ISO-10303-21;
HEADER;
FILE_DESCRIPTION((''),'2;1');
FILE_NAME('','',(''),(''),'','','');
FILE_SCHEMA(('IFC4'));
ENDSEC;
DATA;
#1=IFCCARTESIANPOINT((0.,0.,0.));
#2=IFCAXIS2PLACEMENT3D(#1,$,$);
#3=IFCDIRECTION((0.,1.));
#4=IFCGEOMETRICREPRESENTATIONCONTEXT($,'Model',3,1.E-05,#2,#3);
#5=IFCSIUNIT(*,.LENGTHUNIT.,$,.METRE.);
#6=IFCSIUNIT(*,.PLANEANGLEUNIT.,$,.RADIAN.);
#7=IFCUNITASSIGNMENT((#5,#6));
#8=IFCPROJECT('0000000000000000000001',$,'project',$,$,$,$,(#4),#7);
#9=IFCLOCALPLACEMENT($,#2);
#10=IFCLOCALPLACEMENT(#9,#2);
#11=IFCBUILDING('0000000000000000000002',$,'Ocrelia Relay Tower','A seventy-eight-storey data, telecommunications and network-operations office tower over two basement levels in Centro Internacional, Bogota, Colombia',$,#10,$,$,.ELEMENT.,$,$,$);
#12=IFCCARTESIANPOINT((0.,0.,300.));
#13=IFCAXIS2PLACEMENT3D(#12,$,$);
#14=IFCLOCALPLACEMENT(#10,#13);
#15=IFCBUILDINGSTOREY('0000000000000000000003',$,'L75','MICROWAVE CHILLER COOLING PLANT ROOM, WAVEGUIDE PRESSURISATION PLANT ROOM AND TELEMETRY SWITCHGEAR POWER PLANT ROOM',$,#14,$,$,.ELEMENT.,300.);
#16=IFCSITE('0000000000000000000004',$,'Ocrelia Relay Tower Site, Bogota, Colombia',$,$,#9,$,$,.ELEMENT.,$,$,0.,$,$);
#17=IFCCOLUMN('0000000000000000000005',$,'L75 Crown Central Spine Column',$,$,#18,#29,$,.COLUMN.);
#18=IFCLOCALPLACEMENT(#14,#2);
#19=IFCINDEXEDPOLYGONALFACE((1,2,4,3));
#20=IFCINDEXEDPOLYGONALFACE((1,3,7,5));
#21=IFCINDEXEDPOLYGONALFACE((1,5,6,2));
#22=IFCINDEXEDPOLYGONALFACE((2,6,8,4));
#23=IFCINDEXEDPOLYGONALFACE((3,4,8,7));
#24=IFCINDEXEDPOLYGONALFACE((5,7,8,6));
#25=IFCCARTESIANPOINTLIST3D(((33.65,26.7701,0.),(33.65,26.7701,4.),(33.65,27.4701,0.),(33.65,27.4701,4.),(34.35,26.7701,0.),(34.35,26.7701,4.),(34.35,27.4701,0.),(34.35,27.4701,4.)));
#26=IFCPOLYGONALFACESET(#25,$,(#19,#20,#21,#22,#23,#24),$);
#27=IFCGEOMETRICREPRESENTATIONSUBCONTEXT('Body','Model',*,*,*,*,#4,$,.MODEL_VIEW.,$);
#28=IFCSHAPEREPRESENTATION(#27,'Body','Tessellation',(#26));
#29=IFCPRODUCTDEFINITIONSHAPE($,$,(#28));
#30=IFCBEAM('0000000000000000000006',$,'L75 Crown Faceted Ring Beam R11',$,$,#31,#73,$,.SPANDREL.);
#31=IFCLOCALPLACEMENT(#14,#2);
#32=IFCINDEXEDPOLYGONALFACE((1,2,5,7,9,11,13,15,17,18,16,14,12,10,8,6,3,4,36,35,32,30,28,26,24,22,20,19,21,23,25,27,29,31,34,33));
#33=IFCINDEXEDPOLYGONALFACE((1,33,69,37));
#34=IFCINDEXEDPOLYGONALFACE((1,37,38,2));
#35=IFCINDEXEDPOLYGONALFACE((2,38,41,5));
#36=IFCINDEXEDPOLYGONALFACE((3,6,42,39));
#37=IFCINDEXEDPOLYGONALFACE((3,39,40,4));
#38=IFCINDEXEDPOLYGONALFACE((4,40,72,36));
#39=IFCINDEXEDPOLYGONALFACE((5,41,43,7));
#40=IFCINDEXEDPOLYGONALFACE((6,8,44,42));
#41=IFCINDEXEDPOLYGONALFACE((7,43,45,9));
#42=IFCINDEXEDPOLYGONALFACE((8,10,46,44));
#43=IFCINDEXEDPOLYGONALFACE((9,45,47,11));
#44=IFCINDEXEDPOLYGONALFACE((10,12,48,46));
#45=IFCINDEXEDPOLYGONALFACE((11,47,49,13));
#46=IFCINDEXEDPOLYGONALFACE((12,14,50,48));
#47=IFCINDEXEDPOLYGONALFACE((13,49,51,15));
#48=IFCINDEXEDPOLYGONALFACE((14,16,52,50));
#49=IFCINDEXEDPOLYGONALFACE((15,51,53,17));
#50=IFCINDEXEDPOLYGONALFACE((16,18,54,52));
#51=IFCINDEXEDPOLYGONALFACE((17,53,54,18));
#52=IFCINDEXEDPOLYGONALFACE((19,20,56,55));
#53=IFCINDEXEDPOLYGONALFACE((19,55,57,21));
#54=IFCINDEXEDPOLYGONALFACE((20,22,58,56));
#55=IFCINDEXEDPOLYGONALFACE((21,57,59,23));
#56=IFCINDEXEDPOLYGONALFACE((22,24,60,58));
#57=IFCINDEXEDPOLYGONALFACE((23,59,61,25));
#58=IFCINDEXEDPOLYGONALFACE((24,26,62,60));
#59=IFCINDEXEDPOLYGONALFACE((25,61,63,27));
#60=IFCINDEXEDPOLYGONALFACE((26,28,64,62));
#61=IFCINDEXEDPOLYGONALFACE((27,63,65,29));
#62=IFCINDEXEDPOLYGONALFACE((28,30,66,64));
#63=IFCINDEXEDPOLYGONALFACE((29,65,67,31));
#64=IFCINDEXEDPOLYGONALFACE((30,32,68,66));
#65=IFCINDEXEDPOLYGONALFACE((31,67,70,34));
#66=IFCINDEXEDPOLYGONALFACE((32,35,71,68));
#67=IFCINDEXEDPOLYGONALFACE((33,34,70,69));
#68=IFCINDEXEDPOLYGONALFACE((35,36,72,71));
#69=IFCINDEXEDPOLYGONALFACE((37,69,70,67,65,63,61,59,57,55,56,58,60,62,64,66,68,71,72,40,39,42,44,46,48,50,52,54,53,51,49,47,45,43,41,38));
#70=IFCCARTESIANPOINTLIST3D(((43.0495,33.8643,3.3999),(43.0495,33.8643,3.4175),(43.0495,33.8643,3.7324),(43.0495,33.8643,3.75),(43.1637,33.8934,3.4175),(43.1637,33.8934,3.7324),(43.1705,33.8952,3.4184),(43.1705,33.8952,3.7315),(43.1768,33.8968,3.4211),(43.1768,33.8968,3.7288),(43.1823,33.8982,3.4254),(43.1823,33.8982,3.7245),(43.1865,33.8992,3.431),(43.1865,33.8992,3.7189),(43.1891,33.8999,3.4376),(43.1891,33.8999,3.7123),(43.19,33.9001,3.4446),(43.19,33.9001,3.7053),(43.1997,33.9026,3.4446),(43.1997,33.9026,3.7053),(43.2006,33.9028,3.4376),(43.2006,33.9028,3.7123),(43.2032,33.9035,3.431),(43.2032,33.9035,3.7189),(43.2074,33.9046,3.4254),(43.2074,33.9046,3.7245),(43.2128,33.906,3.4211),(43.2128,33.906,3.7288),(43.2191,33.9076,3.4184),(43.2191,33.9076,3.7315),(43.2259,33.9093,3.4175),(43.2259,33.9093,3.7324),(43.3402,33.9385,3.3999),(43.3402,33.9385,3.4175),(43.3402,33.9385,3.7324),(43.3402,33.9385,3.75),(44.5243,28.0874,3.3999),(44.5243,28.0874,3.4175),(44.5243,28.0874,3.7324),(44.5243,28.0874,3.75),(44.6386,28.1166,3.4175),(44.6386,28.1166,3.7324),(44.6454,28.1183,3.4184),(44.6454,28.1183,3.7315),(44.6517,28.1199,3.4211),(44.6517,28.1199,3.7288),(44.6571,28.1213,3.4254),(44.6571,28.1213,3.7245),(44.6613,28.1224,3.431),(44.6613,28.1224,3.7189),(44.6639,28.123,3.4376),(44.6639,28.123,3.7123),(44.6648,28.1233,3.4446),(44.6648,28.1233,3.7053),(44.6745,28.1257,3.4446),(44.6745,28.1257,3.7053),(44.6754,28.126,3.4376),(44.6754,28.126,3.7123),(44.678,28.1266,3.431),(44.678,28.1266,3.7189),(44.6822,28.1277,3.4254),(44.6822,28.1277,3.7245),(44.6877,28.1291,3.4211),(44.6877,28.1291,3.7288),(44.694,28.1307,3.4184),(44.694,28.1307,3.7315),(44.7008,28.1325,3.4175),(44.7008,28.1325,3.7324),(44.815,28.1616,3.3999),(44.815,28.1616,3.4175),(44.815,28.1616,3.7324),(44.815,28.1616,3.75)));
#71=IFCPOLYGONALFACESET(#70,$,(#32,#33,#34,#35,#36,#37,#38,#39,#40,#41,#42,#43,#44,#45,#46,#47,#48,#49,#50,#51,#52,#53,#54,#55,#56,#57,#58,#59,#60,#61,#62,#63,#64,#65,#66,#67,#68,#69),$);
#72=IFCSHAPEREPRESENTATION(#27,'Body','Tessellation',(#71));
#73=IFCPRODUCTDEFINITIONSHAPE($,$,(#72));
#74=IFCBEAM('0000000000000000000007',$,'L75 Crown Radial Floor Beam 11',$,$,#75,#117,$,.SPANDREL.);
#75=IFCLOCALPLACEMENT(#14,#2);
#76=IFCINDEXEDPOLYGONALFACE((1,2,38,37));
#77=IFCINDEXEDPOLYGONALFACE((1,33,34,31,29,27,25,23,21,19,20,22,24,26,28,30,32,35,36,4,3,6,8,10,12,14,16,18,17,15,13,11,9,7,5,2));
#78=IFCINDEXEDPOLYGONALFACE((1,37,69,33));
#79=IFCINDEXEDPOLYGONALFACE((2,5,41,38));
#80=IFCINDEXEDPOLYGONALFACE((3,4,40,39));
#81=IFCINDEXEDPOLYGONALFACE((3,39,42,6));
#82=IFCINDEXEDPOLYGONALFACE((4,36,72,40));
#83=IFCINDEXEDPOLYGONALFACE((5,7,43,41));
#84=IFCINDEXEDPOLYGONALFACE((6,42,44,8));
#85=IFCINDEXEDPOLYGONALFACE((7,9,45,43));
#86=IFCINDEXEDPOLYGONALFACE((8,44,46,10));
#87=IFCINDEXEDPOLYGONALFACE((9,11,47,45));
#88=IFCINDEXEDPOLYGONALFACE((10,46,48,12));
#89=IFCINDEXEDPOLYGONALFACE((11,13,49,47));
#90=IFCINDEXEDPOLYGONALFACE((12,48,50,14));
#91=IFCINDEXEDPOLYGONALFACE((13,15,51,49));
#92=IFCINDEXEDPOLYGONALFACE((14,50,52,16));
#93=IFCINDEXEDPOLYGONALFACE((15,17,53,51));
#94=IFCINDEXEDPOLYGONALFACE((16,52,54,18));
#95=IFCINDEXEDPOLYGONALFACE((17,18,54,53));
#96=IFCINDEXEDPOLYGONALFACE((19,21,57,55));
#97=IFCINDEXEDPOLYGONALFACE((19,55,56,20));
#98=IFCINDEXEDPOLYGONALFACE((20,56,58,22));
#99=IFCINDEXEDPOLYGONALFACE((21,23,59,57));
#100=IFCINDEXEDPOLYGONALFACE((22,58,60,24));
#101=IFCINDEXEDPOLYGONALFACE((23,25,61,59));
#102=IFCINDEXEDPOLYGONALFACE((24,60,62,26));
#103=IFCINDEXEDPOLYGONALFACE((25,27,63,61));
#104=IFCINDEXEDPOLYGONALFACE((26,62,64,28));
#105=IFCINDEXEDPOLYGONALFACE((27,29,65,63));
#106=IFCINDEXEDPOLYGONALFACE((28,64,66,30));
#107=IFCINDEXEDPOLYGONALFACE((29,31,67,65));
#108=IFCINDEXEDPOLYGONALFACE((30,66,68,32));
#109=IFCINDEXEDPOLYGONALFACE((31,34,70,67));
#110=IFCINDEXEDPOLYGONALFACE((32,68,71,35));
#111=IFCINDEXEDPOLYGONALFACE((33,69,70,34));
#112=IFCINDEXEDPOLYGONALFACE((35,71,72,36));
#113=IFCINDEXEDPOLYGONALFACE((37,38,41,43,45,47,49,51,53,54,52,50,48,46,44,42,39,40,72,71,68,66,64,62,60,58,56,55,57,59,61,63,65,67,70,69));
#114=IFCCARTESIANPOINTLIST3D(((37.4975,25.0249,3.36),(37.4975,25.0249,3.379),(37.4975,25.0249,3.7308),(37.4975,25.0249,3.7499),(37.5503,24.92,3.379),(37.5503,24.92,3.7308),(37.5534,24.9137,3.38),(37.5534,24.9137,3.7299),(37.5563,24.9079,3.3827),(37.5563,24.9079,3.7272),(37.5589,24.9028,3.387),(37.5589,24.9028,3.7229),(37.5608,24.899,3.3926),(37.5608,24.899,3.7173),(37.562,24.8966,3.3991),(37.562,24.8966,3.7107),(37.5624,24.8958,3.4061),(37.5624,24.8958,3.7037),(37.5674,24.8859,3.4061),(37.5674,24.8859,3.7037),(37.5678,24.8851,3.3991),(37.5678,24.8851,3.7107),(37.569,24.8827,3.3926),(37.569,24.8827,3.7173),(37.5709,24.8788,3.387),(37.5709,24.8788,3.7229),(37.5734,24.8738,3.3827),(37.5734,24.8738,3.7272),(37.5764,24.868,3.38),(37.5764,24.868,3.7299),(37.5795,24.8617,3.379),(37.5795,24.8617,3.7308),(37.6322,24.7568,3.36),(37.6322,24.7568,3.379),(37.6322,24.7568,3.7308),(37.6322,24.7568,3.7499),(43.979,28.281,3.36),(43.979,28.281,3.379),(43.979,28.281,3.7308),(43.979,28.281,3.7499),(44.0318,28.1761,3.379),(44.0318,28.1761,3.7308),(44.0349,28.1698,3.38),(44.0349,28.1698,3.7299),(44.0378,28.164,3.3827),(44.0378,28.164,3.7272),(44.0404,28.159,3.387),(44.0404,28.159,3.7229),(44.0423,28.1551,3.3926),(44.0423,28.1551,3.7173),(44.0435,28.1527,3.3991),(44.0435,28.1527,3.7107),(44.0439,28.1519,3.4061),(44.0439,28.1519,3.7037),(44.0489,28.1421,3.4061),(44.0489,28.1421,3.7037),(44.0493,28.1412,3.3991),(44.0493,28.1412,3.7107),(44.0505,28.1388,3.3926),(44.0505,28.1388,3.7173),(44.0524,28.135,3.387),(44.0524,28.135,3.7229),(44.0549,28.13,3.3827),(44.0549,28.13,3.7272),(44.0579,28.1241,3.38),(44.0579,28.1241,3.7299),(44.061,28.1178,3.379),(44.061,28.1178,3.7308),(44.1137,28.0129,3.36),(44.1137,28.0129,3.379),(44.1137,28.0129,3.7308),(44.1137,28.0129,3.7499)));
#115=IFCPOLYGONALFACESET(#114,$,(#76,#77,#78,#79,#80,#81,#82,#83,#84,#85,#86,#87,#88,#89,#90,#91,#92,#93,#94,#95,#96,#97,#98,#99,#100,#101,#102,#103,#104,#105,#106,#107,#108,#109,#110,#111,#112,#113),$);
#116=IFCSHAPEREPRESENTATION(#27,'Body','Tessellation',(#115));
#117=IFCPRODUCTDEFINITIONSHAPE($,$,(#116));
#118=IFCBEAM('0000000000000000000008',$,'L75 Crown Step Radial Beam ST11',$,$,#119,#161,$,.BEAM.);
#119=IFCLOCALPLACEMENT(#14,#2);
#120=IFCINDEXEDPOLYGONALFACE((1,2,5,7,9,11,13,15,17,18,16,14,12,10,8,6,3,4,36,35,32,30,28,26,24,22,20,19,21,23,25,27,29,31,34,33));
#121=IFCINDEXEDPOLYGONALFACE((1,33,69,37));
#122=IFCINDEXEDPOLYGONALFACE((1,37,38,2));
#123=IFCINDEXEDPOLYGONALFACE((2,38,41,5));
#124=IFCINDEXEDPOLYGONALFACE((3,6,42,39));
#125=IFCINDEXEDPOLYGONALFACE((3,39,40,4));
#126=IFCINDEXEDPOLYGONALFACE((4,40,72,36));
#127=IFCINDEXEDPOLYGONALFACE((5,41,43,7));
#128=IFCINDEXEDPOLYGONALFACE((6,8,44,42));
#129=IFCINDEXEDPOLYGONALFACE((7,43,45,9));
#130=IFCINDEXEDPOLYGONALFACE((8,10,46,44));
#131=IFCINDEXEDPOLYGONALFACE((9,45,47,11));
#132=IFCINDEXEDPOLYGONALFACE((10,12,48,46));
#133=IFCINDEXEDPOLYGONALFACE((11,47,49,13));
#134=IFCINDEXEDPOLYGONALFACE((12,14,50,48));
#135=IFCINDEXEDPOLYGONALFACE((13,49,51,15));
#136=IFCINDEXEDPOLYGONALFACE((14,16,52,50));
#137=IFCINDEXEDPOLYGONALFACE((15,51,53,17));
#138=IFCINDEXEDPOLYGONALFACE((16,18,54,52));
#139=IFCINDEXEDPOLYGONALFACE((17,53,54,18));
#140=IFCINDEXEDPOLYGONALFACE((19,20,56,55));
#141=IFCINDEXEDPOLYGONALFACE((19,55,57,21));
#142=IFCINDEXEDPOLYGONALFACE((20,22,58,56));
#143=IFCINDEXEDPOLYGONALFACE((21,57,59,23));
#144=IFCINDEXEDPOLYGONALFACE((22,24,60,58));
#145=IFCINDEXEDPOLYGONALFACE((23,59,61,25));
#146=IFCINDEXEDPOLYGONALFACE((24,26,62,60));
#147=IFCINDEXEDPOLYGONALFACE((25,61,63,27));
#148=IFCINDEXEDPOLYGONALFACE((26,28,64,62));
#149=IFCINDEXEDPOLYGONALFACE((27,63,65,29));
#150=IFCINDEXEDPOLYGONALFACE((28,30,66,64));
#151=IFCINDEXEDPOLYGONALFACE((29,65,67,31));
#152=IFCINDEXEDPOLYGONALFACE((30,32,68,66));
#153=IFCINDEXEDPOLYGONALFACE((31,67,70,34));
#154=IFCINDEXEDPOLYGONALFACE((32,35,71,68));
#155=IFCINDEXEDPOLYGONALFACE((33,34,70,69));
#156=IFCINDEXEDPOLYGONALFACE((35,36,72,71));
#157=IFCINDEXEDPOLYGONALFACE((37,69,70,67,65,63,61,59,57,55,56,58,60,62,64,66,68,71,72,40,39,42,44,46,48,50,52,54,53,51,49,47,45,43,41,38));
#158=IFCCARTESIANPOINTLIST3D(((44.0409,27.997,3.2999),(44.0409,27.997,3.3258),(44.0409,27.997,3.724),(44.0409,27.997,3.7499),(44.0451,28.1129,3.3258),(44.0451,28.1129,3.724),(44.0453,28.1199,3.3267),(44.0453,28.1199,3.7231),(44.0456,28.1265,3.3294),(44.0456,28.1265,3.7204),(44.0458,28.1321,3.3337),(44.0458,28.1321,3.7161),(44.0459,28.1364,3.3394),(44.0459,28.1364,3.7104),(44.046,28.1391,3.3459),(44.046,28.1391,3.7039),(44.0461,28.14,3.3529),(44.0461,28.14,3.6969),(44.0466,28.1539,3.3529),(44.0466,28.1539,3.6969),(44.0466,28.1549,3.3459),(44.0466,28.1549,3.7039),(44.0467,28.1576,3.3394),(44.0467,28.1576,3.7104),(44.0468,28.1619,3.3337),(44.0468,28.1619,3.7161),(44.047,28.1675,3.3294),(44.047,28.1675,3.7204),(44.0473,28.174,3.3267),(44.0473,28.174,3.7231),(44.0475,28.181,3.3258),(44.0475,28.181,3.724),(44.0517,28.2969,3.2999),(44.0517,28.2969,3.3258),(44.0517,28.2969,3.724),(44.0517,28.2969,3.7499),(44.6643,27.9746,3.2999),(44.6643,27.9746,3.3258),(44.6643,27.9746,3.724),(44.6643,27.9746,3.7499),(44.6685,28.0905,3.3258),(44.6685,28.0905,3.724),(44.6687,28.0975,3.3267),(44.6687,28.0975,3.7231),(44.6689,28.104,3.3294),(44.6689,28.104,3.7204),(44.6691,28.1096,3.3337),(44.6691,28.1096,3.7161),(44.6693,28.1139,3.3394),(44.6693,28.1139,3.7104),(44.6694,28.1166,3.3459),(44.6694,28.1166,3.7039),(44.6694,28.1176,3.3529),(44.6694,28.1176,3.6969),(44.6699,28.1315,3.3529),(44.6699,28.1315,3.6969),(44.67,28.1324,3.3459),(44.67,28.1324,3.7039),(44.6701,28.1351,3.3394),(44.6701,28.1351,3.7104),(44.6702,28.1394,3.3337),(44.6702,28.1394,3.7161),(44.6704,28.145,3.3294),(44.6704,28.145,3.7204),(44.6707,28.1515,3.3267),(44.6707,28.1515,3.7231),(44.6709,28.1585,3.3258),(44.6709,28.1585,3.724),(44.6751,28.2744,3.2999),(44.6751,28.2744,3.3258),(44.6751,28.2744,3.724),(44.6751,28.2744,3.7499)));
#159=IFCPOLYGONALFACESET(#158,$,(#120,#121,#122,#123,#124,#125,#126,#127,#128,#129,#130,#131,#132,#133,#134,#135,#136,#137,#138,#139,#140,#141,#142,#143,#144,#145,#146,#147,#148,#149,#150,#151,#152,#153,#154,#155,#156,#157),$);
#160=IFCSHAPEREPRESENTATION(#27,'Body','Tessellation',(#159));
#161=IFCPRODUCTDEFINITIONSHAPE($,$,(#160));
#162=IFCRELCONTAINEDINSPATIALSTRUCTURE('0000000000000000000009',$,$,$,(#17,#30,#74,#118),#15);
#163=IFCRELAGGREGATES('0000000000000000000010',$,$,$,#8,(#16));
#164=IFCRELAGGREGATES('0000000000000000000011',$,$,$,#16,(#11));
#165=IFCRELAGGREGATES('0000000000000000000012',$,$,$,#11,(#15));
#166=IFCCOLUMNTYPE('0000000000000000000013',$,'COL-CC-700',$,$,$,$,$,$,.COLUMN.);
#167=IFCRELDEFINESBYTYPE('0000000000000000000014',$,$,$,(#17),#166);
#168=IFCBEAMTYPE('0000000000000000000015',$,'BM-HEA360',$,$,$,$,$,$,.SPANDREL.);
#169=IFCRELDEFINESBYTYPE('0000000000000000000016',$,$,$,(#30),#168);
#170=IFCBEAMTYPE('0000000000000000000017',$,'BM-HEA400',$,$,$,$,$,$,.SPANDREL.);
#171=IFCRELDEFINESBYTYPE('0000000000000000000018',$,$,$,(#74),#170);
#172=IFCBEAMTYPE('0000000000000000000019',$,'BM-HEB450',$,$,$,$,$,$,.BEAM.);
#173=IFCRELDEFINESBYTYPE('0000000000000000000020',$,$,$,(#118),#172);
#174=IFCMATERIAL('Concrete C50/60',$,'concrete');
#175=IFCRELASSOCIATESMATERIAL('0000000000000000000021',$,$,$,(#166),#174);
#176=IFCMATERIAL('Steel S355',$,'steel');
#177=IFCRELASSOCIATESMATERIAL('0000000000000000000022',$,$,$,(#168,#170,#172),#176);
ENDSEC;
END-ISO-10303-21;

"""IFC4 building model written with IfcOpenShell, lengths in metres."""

from ifc_helpers import new_model, si_unit, direction, frame, origin, origin_2d, place, context, subcontext, project, spatial, rectangle, i_section, extrude, material, material_profile, profile_set, type_object, element, save


model = new_model("IFC4")

# Units and contexts
model_context = context("Model", 3, precision=1e-05, world=origin(), true_north=direction((0.0, 1.0)))
body_context = subcontext(model_context, "Body", "Model", "MODEL_VIEW")
ifc_project = project(units=[si_unit("LENGTHUNIT", "METRE"), si_unit("PLANEANGLEUNIT", "RADIAN")], contexts=[model_context])

# Site, building, storey
site_placement = place(None, origin())
site = spatial("IfcSite", under=ifc_project, at=site_placement, Name="Ocrelia Relay Tower Site, Bogota, Colombia", CompositionType="ELEMENT", RefElevation=0.0)
building_placement = place(site_placement, origin())
building = spatial("IfcBuilding", under=site, at=building_placement, Name="Ocrelia Relay Tower", Description="A seventy-eight-storey data, telecommunications and network-operations office tower over two basement levels in Centro Internacional, Bogota, Colombia", CompositionType="ELEMENT")
storey_placement = place(building_placement, frame((0.0, 0.0, 300.0)))
storey = spatial("IfcBuildingStorey", under=building, at=storey_placement, Name="L75", Description="MICROWAVE CHILLER COOLING PLANT ROOM, WAVEGUIDE PRESSURISATION PLANT ROOM AND TELEMETRY SWITCHGEAR POWER PLANT ROOM", CompositionType="ELEMENT", Elevation=300.0)

# Column
ifc_material_1 = material(Name="Concrete C50/60", Category="concrete")
ifc_material_profile_1 = material_profile(ifc_material_1, rectangle(XDim=0.7, YDim=0.7, at=origin_2d()), Name="RC-COL-700x700")
ifc_profile_set_1 = profile_set([ifc_material_profile_1], Name="Concrete C50/60")
column_type = type_object("IfcColumnType", Name="COL-CC-700", PredefinedType="COLUMN", material=ifc_profile_set_1)
column_placement = place(storey_placement, frame((34.0, 27.1201, 0.0), z_axis=(0.0, 0.0, 1.0), x_axis=(1.0, 0.0, 0.0)))
element("IfcColumn", 1, at=column_placement, inside=storey, type_object=column_type, Name="L75 Crown Central Spine Column", PredefinedType="COLUMN", context=body_context, shape_type="SweptSolid", body=[
    extrude(rectangle(XDim=0.7, YDim=0.7, at=origin_2d()), origin(), (0.0, 0.0, 1.0), 4.0),
])

# Beams
ifc_material_2 = material(Name="Steel S355", Category="steel")
ifc_material_profile_2 = material_profile(ifc_material_2, i_section(OverallWidth=0.3, OverallDepth=0.3501, WebThickness=0.01, FlangeThickness=0.0176, FilletRadius=0.0271, at=origin_2d()), Name="HEA 360")
ifc_profile_set_2 = profile_set([ifc_material_profile_2], Name="Steel S355")
beam_type_1 = type_object("IfcBeamType", Name="BM-HEA360", PredefinedType="SPANDREL", material=ifc_profile_set_2)
beam_1_placement = place(storey_placement, frame((44.6697, 28.1245, 3.575), z_axis=(-0.247369, 0.968921, 0.0), x_axis=(-0.968921, -0.247369, 0.0)))
element("IfcBeam", 2, at=beam_1_placement, inside=storey, type_object=beam_type_1, Name="L75 Crown Faceted Ring Beam R11", PredefinedType="SPANDREL", context=body_context, shape_type="SweptSolid", body=[
    extrude(i_section(OverallWidth=0.3, OverallDepth=0.3501, WebThickness=0.01, FlangeThickness=0.0176, FilletRadius=0.0271, at=origin_2d()), origin(), (0.0, 0.0, 1.0), 5.9622),
])
ifc_material_profile_3 = material_profile(ifc_material_2, i_section(OverallWidth=0.3, OverallDepth=0.3899, WebThickness=0.011, FlangeThickness=0.019, FilletRadius=0.0271, at=origin_2d()), Name="HEA 400")
ifc_profile_set_3 = profile_set([ifc_material_profile_3], Name="Steel S355")
beam_type_2 = type_object("IfcBeamType", Name="BM-HEA400", PredefinedType="SPANDREL", material=ifc_profile_set_3)
beam_2_placement = place(storey_placement, frame((44.0464, 28.147, 3.5549), z_axis=(-0.893577, -0.448909, 0.0), x_axis=(0.448909, -0.893577, 0.0)))
element("IfcBeam", 3, at=beam_2_placement, inside=storey, type_object=beam_type_2, Name="L75 Crown Radial Floor Beam 11", PredefinedType="SPANDREL", context=body_context, shape_type="SweptSolid", body=[
    extrude(i_section(OverallWidth=0.3, OverallDepth=0.3899, WebThickness=0.011, FlangeThickness=0.019, FilletRadius=0.0271, at=origin_2d()), origin(), (0.0, 0.0, 1.0), 7.2534),
])
ifc_material_profile_4 = material_profile(ifc_material_2, i_section(OverallWidth=0.3, OverallDepth=0.45, WebThickness=0.0139, FlangeThickness=0.0259, FilletRadius=0.0271, at=origin_2d()), Name="HEB 450")
ifc_profile_set_4 = profile_set([ifc_material_profile_4], Name="Steel S355")
beam_type_3 = type_object("IfcBeamType", Name="BM-HEB450", PredefinedType="BEAM", material=ifc_profile_set_4)
beam_3_placement = place(storey_placement, frame((44.6697, 28.1245, 3.5249), z_axis=(-0.999351, 0.036013, 0.0), x_axis=(-0.036013, -0.999351, 0.0)))
element("IfcBeam", 4, at=beam_3_placement, inside=storey, type_object=beam_type_3, Name="L75 Crown Step Radial Beam ST11", PredefinedType="BEAM", context=body_context, shape_type="SweptSolid", body=[
    extrude(i_section(OverallWidth=0.3, OverallDepth=0.45, WebThickness=0.0139, FlangeThickness=0.0259, FilletRadius=0.0271, at=origin_2d()), origin(), (0.0, 0.0, 1.0), 0.6238),
])

save(model, "model.ifc")
